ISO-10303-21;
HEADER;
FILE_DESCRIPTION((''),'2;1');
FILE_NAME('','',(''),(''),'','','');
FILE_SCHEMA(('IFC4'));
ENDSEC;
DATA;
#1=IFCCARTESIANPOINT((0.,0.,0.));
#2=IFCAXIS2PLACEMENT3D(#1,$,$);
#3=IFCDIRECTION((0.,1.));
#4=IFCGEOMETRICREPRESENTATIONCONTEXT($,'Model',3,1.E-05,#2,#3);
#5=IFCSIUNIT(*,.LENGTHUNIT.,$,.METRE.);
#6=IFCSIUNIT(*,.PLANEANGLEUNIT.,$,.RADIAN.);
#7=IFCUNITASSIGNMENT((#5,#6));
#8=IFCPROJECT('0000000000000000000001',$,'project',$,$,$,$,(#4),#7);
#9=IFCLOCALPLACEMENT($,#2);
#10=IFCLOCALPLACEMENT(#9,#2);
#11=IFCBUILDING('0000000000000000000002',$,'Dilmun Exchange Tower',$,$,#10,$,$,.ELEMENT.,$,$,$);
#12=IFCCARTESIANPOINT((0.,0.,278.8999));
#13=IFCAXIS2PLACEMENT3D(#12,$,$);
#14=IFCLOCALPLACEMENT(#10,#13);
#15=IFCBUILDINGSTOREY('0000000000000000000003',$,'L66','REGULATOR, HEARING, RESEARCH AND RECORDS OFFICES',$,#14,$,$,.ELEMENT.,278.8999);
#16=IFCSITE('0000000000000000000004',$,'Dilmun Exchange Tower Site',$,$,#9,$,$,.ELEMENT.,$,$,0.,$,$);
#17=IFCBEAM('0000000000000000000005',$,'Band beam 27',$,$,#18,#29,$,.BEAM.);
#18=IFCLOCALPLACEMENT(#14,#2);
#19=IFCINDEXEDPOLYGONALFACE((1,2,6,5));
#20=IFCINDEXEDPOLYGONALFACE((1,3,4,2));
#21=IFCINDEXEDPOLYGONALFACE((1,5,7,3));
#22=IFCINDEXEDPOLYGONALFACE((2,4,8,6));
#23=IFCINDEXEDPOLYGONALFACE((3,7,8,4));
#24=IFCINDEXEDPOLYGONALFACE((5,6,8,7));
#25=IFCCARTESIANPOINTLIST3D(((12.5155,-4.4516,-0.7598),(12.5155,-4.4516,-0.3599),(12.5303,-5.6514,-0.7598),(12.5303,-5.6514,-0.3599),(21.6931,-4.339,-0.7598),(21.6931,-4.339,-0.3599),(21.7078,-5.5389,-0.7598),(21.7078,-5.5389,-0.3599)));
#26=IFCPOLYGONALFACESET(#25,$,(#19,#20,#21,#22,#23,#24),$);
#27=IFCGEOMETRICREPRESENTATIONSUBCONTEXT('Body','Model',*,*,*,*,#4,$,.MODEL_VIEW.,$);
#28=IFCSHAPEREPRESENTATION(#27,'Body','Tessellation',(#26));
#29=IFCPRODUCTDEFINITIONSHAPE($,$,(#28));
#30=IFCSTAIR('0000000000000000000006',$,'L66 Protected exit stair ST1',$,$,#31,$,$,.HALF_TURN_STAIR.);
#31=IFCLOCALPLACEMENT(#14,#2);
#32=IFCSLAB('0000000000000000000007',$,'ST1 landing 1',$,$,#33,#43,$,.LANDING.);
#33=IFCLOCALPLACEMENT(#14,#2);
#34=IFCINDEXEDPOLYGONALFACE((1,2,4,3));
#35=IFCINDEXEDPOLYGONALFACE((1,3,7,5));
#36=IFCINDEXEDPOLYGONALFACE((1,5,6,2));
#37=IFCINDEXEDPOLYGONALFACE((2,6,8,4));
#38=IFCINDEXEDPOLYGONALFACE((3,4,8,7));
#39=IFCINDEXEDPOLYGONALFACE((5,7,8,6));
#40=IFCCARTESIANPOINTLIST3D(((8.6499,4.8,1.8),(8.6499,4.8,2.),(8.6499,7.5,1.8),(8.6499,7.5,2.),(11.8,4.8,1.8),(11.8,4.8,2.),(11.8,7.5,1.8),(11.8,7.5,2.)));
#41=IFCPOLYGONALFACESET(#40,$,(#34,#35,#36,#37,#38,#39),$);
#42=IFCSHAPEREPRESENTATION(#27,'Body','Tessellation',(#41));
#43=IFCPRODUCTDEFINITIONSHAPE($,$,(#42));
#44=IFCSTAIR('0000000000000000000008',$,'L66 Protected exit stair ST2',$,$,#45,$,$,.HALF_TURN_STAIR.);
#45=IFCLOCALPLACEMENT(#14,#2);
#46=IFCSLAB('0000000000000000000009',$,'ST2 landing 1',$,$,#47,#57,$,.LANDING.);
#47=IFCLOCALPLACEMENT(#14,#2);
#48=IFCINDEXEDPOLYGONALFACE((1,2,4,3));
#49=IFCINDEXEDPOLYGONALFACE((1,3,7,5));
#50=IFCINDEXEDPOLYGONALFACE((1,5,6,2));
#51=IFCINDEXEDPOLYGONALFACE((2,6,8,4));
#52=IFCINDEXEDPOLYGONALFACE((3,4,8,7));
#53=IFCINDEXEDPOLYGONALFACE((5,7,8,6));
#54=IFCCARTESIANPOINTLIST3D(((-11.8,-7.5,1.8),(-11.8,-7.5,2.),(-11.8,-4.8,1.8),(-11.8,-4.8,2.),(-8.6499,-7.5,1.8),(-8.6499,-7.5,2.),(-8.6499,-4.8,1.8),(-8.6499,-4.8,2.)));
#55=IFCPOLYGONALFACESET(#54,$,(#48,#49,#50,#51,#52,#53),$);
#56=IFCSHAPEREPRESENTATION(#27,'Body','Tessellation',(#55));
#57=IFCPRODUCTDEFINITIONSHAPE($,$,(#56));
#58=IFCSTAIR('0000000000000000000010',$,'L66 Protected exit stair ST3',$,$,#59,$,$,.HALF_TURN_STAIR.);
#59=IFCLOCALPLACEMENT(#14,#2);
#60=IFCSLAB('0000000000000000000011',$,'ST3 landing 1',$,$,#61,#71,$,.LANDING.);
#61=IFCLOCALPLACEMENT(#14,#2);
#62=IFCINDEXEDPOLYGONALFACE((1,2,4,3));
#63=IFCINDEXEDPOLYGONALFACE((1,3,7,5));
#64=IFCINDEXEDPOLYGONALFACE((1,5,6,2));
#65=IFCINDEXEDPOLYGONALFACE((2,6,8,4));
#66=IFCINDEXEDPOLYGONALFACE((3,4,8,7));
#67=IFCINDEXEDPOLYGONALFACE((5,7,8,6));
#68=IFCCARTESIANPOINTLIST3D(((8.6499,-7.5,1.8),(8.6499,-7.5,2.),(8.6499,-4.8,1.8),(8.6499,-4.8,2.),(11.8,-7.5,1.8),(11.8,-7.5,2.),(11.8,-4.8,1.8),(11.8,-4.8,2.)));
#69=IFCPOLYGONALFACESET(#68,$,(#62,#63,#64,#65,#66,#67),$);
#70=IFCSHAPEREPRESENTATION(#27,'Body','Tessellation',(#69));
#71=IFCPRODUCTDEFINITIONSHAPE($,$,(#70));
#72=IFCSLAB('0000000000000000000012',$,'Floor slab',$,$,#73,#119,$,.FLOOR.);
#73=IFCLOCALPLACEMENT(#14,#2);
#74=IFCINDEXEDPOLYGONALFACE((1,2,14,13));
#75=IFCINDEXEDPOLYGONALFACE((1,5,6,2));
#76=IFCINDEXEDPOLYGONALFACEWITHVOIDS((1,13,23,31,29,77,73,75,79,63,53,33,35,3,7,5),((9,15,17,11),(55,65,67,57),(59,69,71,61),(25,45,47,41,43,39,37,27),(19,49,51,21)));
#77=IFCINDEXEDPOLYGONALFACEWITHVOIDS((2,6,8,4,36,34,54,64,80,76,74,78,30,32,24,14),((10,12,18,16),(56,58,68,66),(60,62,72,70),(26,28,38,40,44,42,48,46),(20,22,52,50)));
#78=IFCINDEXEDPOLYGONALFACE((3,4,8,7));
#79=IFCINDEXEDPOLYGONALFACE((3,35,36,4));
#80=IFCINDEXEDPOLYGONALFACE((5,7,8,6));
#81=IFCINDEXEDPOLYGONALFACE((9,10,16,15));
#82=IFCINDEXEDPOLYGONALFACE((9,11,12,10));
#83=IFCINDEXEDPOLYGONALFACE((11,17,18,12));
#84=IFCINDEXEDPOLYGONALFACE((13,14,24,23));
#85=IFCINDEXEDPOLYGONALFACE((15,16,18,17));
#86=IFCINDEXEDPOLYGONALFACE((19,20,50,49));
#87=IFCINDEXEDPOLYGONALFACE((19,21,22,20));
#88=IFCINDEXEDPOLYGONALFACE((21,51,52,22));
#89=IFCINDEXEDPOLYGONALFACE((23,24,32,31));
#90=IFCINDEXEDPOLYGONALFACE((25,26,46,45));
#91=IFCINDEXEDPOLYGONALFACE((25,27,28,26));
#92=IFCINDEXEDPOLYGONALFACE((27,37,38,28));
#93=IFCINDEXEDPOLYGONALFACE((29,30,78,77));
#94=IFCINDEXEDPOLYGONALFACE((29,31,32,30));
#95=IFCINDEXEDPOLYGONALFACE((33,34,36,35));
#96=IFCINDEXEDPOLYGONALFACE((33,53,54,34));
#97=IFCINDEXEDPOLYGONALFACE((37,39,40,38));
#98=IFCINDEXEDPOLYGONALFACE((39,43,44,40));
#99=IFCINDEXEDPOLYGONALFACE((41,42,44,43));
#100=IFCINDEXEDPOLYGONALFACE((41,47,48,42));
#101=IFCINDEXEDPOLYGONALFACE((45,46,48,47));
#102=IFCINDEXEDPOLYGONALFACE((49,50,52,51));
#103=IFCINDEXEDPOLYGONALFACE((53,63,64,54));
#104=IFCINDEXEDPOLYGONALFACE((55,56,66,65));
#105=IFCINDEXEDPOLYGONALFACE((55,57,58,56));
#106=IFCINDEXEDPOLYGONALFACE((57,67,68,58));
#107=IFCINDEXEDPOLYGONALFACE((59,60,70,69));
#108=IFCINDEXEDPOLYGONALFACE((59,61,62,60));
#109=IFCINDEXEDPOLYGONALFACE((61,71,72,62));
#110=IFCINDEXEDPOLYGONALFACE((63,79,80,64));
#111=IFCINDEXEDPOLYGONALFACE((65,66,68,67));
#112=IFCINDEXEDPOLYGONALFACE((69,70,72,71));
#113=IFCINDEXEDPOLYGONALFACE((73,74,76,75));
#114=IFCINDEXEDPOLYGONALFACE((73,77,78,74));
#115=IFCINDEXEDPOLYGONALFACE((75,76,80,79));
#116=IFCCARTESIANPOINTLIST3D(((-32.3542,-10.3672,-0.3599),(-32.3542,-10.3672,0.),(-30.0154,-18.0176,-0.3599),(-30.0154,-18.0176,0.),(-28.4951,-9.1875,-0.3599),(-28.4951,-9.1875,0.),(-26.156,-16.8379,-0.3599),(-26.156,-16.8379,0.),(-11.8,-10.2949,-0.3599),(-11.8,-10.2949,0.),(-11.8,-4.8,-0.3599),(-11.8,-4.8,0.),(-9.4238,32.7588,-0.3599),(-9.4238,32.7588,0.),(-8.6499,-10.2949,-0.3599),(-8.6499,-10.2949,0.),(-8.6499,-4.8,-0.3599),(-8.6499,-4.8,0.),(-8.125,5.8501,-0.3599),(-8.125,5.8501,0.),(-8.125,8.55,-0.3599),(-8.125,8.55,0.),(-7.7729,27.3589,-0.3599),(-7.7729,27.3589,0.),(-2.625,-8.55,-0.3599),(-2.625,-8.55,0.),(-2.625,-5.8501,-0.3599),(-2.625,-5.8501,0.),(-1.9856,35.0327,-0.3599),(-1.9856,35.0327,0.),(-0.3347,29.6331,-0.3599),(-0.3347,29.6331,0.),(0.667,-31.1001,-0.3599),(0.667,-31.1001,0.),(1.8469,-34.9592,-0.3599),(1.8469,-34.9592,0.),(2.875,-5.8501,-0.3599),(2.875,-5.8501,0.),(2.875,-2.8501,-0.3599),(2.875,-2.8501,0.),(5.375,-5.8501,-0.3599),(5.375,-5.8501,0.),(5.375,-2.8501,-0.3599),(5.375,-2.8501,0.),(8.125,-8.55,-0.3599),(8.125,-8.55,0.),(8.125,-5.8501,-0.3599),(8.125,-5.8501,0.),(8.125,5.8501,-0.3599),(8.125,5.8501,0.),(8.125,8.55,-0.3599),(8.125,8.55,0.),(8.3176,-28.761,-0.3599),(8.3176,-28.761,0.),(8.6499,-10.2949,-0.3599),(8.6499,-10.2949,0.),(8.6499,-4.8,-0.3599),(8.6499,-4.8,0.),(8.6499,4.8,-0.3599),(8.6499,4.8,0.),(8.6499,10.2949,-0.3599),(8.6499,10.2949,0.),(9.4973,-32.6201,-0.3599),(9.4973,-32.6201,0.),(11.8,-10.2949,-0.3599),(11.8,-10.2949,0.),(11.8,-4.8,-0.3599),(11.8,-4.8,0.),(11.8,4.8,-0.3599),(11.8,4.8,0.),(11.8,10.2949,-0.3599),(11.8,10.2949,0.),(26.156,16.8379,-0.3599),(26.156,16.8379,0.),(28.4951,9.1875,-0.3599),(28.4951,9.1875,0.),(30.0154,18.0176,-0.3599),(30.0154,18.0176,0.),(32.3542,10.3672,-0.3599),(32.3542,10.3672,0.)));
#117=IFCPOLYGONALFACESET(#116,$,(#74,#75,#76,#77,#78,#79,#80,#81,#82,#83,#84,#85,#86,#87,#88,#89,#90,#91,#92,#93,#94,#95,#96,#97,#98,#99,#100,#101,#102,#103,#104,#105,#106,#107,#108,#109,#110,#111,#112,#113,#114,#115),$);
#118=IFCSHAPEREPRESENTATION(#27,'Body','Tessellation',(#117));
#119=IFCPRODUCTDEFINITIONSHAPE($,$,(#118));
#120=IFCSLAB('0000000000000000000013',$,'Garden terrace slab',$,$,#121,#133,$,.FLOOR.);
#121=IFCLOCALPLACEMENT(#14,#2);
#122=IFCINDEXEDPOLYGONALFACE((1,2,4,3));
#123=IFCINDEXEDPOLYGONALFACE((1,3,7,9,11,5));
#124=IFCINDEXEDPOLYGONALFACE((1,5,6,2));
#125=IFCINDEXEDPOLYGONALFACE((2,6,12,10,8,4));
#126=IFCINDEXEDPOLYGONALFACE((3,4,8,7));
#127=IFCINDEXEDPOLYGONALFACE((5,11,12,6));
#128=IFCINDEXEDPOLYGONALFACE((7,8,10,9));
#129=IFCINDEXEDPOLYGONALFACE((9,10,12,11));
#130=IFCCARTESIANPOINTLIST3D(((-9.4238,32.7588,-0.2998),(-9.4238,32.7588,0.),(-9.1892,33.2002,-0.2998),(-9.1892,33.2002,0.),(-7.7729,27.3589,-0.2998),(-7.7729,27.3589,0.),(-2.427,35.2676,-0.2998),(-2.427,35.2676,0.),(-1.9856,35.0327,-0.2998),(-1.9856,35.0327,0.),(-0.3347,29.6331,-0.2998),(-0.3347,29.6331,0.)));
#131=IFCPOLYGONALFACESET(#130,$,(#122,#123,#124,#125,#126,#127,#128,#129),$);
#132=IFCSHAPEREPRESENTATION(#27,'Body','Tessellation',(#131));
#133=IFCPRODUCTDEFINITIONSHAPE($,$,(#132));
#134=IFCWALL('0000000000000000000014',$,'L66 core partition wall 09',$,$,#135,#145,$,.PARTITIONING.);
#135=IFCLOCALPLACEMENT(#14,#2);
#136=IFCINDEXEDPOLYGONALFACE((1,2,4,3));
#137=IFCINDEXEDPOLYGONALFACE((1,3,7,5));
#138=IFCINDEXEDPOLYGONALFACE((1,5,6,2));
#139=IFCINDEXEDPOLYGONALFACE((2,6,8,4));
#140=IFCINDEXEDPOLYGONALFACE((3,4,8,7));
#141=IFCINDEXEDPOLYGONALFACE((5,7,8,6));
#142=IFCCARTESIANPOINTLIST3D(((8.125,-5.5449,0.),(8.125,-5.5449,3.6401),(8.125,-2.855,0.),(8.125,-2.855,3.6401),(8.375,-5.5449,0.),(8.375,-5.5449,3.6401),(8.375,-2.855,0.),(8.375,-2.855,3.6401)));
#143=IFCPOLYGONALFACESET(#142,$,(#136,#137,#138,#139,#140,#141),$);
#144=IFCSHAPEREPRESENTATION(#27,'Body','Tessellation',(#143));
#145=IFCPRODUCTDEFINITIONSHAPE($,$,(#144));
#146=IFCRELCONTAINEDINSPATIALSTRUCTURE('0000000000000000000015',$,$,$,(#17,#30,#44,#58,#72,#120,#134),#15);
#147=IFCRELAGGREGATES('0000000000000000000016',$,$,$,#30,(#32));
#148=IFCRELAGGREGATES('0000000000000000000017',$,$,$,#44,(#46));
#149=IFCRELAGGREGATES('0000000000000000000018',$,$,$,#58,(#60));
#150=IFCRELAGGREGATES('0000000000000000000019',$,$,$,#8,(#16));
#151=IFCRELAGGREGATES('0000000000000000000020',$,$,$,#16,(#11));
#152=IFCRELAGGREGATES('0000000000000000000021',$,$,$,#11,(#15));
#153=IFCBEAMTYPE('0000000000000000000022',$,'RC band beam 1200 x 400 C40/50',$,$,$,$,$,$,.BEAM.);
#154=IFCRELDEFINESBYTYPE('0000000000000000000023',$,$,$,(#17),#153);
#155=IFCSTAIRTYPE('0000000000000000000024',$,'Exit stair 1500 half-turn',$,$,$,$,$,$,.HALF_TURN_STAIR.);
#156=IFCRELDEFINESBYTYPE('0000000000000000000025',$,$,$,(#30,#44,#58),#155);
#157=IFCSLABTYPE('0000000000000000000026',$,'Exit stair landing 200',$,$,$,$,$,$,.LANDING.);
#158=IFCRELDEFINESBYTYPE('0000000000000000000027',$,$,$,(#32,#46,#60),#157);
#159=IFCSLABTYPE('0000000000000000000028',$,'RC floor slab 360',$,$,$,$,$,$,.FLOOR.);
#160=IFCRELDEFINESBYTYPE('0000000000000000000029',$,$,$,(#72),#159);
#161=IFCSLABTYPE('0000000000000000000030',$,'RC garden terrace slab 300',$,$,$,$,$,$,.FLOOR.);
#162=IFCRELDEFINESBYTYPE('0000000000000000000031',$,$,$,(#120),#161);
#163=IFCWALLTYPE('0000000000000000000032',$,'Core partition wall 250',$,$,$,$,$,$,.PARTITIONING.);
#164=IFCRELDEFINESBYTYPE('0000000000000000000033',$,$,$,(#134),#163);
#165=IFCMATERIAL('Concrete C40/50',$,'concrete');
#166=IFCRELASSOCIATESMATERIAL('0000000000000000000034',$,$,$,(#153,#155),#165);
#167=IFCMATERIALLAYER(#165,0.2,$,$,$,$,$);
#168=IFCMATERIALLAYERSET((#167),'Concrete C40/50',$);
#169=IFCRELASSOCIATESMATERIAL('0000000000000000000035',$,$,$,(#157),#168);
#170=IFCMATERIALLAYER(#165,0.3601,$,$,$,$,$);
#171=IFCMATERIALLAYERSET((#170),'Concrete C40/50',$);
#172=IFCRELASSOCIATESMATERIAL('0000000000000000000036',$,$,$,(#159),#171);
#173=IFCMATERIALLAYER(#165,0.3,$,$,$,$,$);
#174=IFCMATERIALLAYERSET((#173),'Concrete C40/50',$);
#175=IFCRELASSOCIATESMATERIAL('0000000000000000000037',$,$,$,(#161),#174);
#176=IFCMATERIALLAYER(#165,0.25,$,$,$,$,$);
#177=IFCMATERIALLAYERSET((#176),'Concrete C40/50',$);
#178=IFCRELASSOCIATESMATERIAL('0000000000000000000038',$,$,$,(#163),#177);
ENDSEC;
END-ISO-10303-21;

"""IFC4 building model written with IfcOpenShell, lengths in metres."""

from ifc_helpers import new_model, si_unit, direction, frame, frame_2d, origin, origin_2d, place, context, subcontext, project, spatial, polyline, rectangle, outline, extrude, material, layer, layer_set, material_profile, profile_set, type_object, element, aggregate, save


model = new_model("IFC4")

# Units and contexts
model_context = context("Model", 3, precision=1e-05, world=origin(), true_north=direction((0.0, 1.0)))
body_context = subcontext(model_context, "Body", "Model", "MODEL_VIEW")
ifc_project = project(units=[si_unit("LENGTHUNIT", "METRE"), si_unit("PLANEANGLEUNIT", "RADIAN")], contexts=[model_context])

# Site, building, storey
site_placement = place(None, origin())
site = spatial("IfcSite", under=ifc_project, at=site_placement, Name="Dilmun Exchange Tower Site", CompositionType="ELEMENT", RefElevation=0.0)
building_placement = place(site_placement, origin())
building = spatial("IfcBuilding", under=site, at=building_placement, Name="Dilmun Exchange Tower", CompositionType="ELEMENT")
storey_placement = place(building_placement, frame((0.0, 0.0, 278.8999)))
storey = spatial("IfcBuildingStorey", under=building, at=storey_placement, Name="L66", Description="REGULATOR, HEARING, RESEARCH AND RECORDS OFFICES", CompositionType="ELEMENT", Elevation=278.8999)

# Beam
ifc_material_1 = material(Name="Concrete C40/50", Category="concrete")
ifc_material_profile = material_profile(ifc_material_1, rectangle(XDim=1.2, YDim=0.3999, at=origin_2d()), Name="1200 x 400")
ifc_profile_set = profile_set([ifc_material_profile], Name="Concrete C40/50")
beam_type = type_object("IfcBeamType", Name="RC band beam 1200 x 400 C40/50", PredefinedType="BEAM", material=ifc_profile_set)
beam_placement = place(storey_placement, frame((21.7004, -4.939, -0.5598), z_axis=(-0.999925, -0.012263, 0.0), x_axis=(0.012263, -0.999925, 0.0)))
element("IfcBeam", 1, at=beam_placement, inside=storey, type_object=beam_type, Name="Band beam 27", PredefinedType="BEAM", context=body_context, shape_type="SweptSolid", body=[
    extrude(rectangle(XDim=1.2, YDim=0.3999, at=origin_2d()), origin(), (0.0, 0.0, 1.0), 9.1782),
])

# Stairs, slabs
stair_type = type_object("IfcStairType", Name="Exit stair 1500 half-turn", PredefinedType="HALF_TURN_STAIR", material=ifc_material_1)
stair_1_placement = place(storey_placement, origin())
stair_1 = element("IfcStair", 2, at=stair_1_placement, inside=storey, type_object=stair_type, Name="L66 Protected exit stair ST1", PredefinedType="HALF_TURN_STAIR")
ifc_layer_1 = layer(ifc_material_1, 0.2)
ifc_layer_set_1 = layer_set([ifc_layer_1], Name="Concrete C40/50")
slab_type_1 = type_object("IfcSlabType", Name="Exit stair landing 200", PredefinedType="LANDING", material=ifc_layer_set_1)
slab_1_placement = place(storey_placement, frame((0.0, 0.0, 1.8)))
slab_1 = element("IfcSlab", 3, at=slab_1_placement, type_object=slab_type_1, Name="ST1 landing 1", PredefinedType="LANDING", context=body_context, shape_type="SweptSolid", body=[
    extrude(outline(polyline([(8.6499, 7.5), (8.6499, 4.8), (11.8, 4.8), (11.8, 7.5), (8.6499, 7.5)])), origin(), (0.0, 0.0, 1.0), 0.2),
])
aggregate(stair_1, [slab_1])
stair_2_placement = place(storey_placement, origin())
stair_2 = element("IfcStair", 4, at=stair_2_placement, inside=storey, type_object=stair_type, Name="L66 Protected exit stair ST2", PredefinedType="HALF_TURN_STAIR")
slab_2_placement = place(storey_placement, frame((0.0, 0.0, 1.8)))
slab_2 = element("IfcSlab", 5, at=slab_2_placement, type_object=slab_type_1, Name="ST2 landing 1", PredefinedType="LANDING", context=body_context, shape_type="SweptSolid", body=[
    extrude(outline(polyline([(-8.6499, -7.5), (-8.6499, -4.8), (-11.8, -4.8), (-11.8, -7.5), (-8.6499, -7.5)])), origin(), (0.0, 0.0, 1.0), 0.2),
])
aggregate(stair_2, [slab_2])
stair_3_placement = place(storey_placement, origin())
stair_3 = element("IfcStair", 6, at=stair_3_placement, inside=storey, type_object=stair_type, Name="L66 Protected exit stair ST3", PredefinedType="HALF_TURN_STAIR")
slab_3_placement = place(storey_placement, frame((0.0, 0.0, 1.8)))
slab_3 = element("IfcSlab", 7, at=slab_3_placement, type_object=slab_type_1, Name="ST3 landing 1", PredefinedType="LANDING", context=body_context, shape_type="SweptSolid", body=[
    extrude(outline(polyline([(11.8, -7.5), (11.8, -4.8), (8.6499, -4.8), (8.6499, -7.5), (11.8, -7.5)])), origin(), (0.0, 0.0, 1.0), 0.2),
])
aggregate(stair_3, [slab_3])

# Slabs
ifc_layer_2 = layer(ifc_material_1, 0.3601)
ifc_layer_set_2 = layer_set([ifc_layer_2], Name="Concrete C40/50")
slab_type_2 = type_object("IfcSlabType", Name="RC floor slab 360", PredefinedType="FLOOR", material=ifc_layer_set_2)
slab_4_placement = place(storey_placement, frame((0.0, 0.0, -0.3599)))
element("IfcSlab", 8, at=slab_4_placement, inside=storey, type_object=slab_type_2, Name="Floor slab", PredefinedType="FLOOR", context=body_context, shape_type="SweptSolid", body=[
    extrude(outline(polyline([(26.156, 16.8379), (28.4951, 9.1875), (32.3542, 10.3672), (9.4973, -32.6201), (8.3176, -28.761), (0.667, -31.1001), (1.8469, -34.9592), (-30.0154, -18.0176), (-26.156, -16.8379), (-28.4951, -9.1875), (-32.3542, -10.3672), (-9.4238, 32.7588), (-7.7729, 27.3589), (-0.3347, 29.6331), (-1.9856, 35.0327), (30.0154, 18.0176), (26.156, 16.8379)]), holes=[polyline([(-8.6499, -4.8), (-11.8, -4.8), (-11.8, -10.2949), (-8.6499, -10.2949), (-8.6499, -4.8)]), polyline([(11.8, -4.8), (8.6499, -4.8), (8.6499, -10.2949), (11.8, -10.2949), (11.8, -4.8)]), polyline([(2.875, -5.8501), (-2.625, -5.8501), (-2.625, -8.55), (8.125, -8.55), (8.125, -5.8501), (5.375, -5.8501), (5.375, -2.8501), (2.875, -2.8501), (2.875, -5.8501)]), polyline([(8.125, 5.8501), (8.125, 8.55), (-8.125, 8.55), (-8.125, 5.8501), (8.125, 5.8501)]), polyline([(8.6499, 10.2949), (8.6499, 4.8), (11.8, 4.8), (11.8, 10.2949), (8.6499, 10.2949)])]), origin(), (0.0, 0.0, 1.0), 0.3599),
])
ifc_layer_3 = layer(ifc_material_1, 0.3)
ifc_layer_set_3 = layer_set([ifc_layer_3], Name="Concrete C40/50")
slab_type_3 = type_object("IfcSlabType", Name="RC garden terrace slab 300", PredefinedType="FLOOR", material=ifc_layer_set_3)
slab_5_placement = place(storey_placement, frame((0.0, 0.0, -0.2998)))
element("IfcSlab", 9, at=slab_5_placement, inside=storey, type_object=slab_type_3, Name="Garden terrace slab", PredefinedType="FLOOR", context=body_context, shape_type="SweptSolid", body=[
    extrude(outline(polyline([(-7.7729, 27.3589), (-9.4238, 32.7588), (-9.1892, 33.2002), (-2.427, 35.2676), (-1.9856, 35.0327), (-0.3347, 29.6331), (-7.7729, 27.3589)])), origin(), (0.0, 0.0, 1.0), 0.2998),
])

# Wall
ifc_layer_4 = layer(ifc_material_1, 0.25)
ifc_layer_set_4 = layer_set([ifc_layer_4], Name="Concrete C40/50")
wall_type_1 = type_object("IfcWallType", Name="Core partition wall 250", PredefinedType="PARTITIONING", material=ifc_layer_set_4)
wall_1_placement = place(storey_placement, frame((8.25, -5.5449, 0.0), z_axis=(0.0, 0.0, 1.0), x_axis=(0.0, 1.0, 0.0)))
element("IfcWall", 10, at=wall_1_placement, inside=storey, type_object=wall_type_1, Name="L66 core partition wall 09", PredefinedType="PARTITIONING", context=body_context, shape_type="SweptSolid", body=[
    extrude(rectangle(XDim=2.6899, YDim=0.25, at=frame_2d((1.345, 0.0))), origin(), (0.0, 0.0, 1.0), 3.6401),
])

save(model, "model.ifc")
